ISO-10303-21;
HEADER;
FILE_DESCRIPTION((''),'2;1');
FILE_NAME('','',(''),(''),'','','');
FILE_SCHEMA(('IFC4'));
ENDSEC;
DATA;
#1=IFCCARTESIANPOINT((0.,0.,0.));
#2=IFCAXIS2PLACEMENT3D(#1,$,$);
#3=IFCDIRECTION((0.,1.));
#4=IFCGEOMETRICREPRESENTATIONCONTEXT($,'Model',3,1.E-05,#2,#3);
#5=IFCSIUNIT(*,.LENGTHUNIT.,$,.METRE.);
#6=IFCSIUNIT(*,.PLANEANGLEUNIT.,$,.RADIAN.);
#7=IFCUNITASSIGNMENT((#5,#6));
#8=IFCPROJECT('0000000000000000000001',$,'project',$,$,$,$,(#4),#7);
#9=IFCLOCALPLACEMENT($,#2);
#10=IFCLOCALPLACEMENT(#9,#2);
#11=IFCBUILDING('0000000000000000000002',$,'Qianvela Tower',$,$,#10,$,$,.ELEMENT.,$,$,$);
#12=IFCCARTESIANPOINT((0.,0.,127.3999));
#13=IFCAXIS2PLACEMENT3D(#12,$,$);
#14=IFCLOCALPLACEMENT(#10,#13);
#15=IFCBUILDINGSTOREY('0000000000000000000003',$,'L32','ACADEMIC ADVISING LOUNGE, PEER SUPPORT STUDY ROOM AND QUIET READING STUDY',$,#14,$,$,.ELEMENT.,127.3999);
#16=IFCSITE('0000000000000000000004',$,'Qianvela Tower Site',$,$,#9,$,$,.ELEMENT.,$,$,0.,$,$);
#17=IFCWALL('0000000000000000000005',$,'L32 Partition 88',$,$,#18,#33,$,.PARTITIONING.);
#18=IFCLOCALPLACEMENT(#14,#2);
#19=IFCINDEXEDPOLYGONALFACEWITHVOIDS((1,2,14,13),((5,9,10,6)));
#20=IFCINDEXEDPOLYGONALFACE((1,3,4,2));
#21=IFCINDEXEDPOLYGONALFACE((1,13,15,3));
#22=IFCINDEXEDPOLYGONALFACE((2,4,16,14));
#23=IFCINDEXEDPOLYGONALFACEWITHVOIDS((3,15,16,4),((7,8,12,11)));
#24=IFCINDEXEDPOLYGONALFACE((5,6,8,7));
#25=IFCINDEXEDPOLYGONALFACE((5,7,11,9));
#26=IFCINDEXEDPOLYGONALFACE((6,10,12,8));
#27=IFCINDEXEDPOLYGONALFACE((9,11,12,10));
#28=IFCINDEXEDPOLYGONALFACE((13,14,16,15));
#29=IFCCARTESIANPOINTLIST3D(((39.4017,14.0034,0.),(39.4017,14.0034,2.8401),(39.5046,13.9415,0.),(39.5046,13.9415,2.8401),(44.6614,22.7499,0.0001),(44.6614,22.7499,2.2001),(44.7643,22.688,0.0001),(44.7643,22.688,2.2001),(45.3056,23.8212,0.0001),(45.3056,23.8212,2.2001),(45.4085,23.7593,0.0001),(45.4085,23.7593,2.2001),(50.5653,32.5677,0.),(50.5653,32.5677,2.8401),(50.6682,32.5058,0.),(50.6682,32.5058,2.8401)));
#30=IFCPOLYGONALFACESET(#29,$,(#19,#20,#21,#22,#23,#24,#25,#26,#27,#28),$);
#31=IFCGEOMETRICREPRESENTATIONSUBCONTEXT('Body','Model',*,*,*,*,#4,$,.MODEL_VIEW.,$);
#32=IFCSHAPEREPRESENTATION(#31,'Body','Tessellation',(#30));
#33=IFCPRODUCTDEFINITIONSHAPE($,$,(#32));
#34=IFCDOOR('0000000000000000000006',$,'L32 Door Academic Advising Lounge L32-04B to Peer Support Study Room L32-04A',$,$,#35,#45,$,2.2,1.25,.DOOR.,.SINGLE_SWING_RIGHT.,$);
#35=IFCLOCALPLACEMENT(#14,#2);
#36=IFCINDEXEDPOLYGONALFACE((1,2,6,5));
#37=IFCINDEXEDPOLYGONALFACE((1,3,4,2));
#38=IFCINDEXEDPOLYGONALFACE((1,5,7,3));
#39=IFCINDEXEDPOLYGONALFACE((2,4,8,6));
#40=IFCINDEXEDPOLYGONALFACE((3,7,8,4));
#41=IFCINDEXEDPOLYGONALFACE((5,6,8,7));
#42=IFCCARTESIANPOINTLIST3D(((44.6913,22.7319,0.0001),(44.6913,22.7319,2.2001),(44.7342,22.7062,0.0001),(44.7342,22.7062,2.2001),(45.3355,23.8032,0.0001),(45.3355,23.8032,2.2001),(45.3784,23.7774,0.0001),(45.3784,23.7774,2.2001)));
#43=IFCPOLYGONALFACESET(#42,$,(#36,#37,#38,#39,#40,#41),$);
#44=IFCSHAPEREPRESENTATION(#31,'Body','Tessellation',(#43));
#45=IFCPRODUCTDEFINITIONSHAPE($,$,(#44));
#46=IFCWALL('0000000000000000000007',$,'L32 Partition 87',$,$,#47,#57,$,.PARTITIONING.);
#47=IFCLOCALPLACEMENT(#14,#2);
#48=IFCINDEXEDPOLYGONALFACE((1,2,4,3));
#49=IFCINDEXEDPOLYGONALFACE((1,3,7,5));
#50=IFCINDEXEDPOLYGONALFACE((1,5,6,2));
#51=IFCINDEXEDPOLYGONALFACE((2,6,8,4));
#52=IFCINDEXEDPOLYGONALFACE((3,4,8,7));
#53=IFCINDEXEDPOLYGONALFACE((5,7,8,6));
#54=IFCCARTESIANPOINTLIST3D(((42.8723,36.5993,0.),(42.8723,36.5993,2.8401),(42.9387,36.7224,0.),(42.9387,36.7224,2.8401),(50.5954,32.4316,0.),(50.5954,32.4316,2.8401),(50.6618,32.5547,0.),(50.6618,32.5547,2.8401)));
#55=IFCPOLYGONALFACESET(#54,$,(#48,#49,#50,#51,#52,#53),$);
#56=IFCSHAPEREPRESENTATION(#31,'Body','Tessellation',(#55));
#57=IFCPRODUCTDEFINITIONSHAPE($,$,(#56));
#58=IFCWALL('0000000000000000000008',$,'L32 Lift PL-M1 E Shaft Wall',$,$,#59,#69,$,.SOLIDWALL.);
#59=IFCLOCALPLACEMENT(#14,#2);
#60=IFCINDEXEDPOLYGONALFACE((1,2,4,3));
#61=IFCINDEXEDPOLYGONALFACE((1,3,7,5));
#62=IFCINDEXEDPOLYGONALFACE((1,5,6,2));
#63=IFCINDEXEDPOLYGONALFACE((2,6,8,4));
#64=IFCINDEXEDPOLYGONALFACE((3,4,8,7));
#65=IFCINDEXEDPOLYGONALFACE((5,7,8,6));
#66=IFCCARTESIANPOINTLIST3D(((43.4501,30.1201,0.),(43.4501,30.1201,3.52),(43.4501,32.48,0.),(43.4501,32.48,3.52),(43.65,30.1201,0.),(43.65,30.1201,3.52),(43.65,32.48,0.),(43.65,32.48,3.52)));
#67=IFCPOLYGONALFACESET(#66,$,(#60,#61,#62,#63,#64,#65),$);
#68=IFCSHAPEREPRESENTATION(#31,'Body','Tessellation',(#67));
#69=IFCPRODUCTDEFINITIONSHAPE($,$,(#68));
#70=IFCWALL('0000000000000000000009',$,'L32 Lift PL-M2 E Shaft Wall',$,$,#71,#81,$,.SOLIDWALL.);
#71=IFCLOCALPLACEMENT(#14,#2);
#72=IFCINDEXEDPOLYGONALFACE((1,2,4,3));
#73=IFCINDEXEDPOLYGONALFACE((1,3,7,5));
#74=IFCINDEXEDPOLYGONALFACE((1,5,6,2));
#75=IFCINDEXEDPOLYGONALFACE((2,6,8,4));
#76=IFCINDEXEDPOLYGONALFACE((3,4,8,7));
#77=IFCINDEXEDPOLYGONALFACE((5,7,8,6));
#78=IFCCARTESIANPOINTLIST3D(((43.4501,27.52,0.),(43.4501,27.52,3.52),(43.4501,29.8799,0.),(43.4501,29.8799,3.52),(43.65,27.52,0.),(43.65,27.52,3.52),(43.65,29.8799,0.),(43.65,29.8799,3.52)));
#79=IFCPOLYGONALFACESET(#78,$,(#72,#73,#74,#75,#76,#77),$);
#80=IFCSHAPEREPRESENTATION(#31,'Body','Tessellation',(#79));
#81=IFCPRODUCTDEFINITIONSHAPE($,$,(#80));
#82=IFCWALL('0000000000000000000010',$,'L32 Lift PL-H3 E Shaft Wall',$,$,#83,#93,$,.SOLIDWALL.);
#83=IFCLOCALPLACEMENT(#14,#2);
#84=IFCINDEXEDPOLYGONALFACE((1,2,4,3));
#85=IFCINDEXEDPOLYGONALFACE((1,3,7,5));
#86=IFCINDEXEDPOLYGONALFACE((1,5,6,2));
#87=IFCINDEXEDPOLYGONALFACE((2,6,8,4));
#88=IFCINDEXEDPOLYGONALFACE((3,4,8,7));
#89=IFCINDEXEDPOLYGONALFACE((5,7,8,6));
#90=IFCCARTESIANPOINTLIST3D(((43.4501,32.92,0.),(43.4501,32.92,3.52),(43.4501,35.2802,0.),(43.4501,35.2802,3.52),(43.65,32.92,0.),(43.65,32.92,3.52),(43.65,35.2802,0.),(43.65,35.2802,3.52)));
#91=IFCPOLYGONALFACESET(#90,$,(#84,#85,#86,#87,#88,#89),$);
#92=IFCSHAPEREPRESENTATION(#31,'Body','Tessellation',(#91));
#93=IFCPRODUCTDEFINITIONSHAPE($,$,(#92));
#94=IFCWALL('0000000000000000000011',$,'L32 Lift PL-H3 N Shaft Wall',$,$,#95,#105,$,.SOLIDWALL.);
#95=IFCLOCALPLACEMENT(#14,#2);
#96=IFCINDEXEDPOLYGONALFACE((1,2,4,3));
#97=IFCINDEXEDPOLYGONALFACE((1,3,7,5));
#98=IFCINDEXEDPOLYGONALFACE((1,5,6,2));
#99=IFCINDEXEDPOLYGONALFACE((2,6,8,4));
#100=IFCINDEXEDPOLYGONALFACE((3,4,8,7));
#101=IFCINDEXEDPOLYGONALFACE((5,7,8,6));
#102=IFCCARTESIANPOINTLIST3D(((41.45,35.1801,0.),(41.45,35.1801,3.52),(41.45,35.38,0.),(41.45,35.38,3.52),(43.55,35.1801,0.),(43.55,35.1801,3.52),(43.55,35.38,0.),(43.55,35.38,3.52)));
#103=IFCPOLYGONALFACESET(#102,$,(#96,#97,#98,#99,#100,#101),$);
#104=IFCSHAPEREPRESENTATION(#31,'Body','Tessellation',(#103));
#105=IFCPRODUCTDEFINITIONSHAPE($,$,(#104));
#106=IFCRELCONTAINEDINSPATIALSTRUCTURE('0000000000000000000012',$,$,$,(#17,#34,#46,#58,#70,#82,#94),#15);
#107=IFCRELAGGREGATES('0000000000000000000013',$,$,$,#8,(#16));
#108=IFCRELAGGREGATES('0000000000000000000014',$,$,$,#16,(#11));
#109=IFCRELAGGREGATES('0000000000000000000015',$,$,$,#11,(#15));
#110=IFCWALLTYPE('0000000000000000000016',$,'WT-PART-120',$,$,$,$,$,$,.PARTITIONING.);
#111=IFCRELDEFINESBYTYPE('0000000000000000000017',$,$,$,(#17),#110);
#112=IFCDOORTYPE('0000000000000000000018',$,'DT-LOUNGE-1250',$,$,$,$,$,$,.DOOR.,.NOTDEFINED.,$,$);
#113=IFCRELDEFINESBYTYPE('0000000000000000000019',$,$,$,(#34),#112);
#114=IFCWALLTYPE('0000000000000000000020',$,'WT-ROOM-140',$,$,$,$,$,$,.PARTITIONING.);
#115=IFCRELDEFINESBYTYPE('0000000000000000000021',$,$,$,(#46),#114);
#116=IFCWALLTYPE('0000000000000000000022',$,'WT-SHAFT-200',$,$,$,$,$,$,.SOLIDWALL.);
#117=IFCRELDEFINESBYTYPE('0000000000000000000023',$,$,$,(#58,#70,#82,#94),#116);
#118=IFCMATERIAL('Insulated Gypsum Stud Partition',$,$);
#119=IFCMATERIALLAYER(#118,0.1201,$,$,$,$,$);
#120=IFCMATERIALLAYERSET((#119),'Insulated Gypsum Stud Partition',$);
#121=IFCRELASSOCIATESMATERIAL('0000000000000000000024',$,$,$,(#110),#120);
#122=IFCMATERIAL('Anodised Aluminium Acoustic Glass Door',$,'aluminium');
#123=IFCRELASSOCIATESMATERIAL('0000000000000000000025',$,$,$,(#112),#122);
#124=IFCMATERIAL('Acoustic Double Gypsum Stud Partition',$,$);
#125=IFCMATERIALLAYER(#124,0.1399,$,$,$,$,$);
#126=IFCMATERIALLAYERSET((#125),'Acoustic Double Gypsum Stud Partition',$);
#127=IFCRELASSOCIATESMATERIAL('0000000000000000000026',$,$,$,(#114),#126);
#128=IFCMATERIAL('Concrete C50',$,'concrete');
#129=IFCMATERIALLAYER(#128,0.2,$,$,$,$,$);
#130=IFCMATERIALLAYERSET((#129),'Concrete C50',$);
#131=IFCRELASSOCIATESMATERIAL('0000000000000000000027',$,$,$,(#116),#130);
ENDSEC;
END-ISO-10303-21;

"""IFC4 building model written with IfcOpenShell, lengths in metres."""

from ifc_helpers import new_model, si_unit, direction, frame, frame_2d, origin, place, context, subcontext, project, spatial, rectangle, extrude, material, layer, layer_set, type_object, element, fill, save


model = new_model("IFC4")

# Units and contexts
model_context = context("Model", 3, precision=1e-05, world=origin(), true_north=direction((0.0, 1.0)))
body_context = subcontext(model_context, "Body", "Model", "MODEL_VIEW")
ifc_project = project(units=[si_unit("LENGTHUNIT", "METRE"), si_unit("PLANEANGLEUNIT", "RADIAN")], contexts=[model_context])

# Site, building, storey
site_placement = place(None, origin())
site = spatial("IfcSite", under=ifc_project, at=site_placement, Name="Qianvela Tower Site", CompositionType="ELEMENT", RefElevation=0.0)
building_placement = place(site_placement, origin())
building = spatial("IfcBuilding", under=site, at=building_placement, Name="Qianvela Tower", CompositionType="ELEMENT")
storey_placement = place(building_placement, frame((0.0, 0.0, 127.3999)))
storey = spatial("IfcBuildingStorey", under=building, at=storey_placement, Name="L32", Description="ACADEMIC ADVISING LOUNGE, PEER SUPPORT STUDY ROOM AND QUIET READING STUDY", CompositionType="ELEMENT", Elevation=127.3999)

# Wall, opening, door
ifc_material_1 = material(Name="Insulated Gypsum Stud Partition")
ifc_layer_1 = layer(ifc_material_1, 0.1201)
ifc_layer_set_1 = layer_set([ifc_layer_1], Name="Insulated Gypsum Stud Partition")
wall_type_1 = type_object("IfcWallType", Name="WT-PART-120", PredefinedType="PARTITIONING", material=ifc_layer_set_1)
wall_1_placement = place(storey_placement, frame((50.6167, 32.5366, 0.0), z_axis=(0.0, 0.0, 1.0), x_axis=(-0.515346, -0.856982, 0.0)))
wall_1 = element("IfcWall", 1, at=wall_1_placement, inside=storey, type_object=wall_type_1, Name="L32 Partition 88", PredefinedType="PARTITIONING", context=body_context, shape_type="SweptSolid", body=[
    extrude(rectangle(XDim=21.6624, YDim=0.1201, at=frame_2d((10.8311, 0.0))), origin(), (0.0, 0.0, 1.0), 2.8401),
])
opening_placement = place(wall_1_placement, frame((10.2061, 0.0, 0.0)))
opening = element("IfcOpeningElement", 2, at=opening_placement, cuts=wall_1, PredefinedType="OPENING", context=body_context, shape_type="SweptSolid", body=[
    extrude(rectangle(XDim=1.25, YDim=2.2, at=frame_2d((0.625, 1.1001))), frame((0.0, 0.0701, 0.0), z_axis=(0.0, -1.0, 0.0), x_axis=(1.0, 0.0, 0.0)), (0.0, 0.0, 1.0), 0.1401),
])
ifc_material_2 = material(Name="Anodised Aluminium Acoustic Glass Door", Category="aluminium")
door_type = type_object("IfcDoorType", Name="DT-LOUNGE-1250", OperationType="NOTDEFINED", PredefinedType="DOOR", material=ifc_material_2)
door_placement = place(opening_placement, origin())
door = element("IfcDoor", 3, at=door_placement, inside=storey, type_object=door_type, Name="L32 Door Academic Advising Lounge L32-04B to Peer Support Study Room L32-04A", OperationType="SINGLE_SWING_RIGHT", OverallHeight=2.2, OverallWidth=1.25, PredefinedType="DOOR", context=body_context, shape_type="SweptSolid", body=[
    extrude(rectangle(XDim=1.25, YDim=2.2, at=frame_2d((0.625, 1.1001))), frame((0.0, 0.0249, 0.0), z_axis=(0.0, -1.0, 0.0), x_axis=(1.0, 0.0, 0.0)), (0.0, 0.0, 1.0), 0.05),
])
fill(opening, door)

# Walls
ifc_material_3 = material(Name="Acoustic Double Gypsum Stud Partition")
ifc_layer_2 = layer(ifc_material_3, 0.1399)
ifc_layer_set_2 = layer_set([ifc_layer_2], Name="Acoustic Double Gypsum Stud Partition")
wall_type_2 = type_object("IfcWallType", Name="WT-ROOM-140", PredefinedType="PARTITIONING", material=ifc_layer_set_2)
wall_2_placement = place(storey_placement, frame((42.9055, 36.6609, 0.0), z_axis=(0.0, 0.0, 1.0), x_axis=(0.880037, -0.474904, 0.0)))
element("IfcWall", 4, at=wall_2_placement, inside=storey, type_object=wall_type_2, Name="L32 Partition 87", PredefinedType="PARTITIONING", context=body_context, shape_type="SweptSolid", body=[
    extrude(rectangle(XDim=8.7759, YDim=0.1399, at=frame_2d((4.3879, 0.0))), origin(), (0.0, 0.0, 1.0), 2.8401),
])
ifc_material_4 = material(Name="Concrete C50", Category="concrete")
ifc_layer_3 = layer(ifc_material_4, 0.2)
ifc_layer_set_3 = layer_set([ifc_layer_3], Name="Concrete C50")
wall_type_3 = type_object("IfcWallType", Name="WT-SHAFT-200", PredefinedType="SOLIDWALL", material=ifc_layer_set_3)
for number, where, z_axis, x_axis, name in (
    (5, (43.55, 30.1201, 0.0), (0.0, 0.0, 1.0), (0.0, 1.0, 0.0), "L32 Lift PL-M1 E Shaft Wall"),
    (6, (43.55, 27.52, 0.0), (0.0, 0.0, 1.0), (0.0, 1.0, 0.0), "L32 Lift PL-M2 E Shaft Wall"),
):
    element("IfcWall", number, at=place(storey_placement, frame(where, z_axis=z_axis, x_axis=x_axis)), inside=storey, type_object=wall_type_3, Name=name, PredefinedType="SOLIDWALL", context=body_context, shape_type="SweptSolid", body=[
        extrude(rectangle(XDim=2.3599, YDim=0.2, at=frame_2d((1.1799, 0.0))), origin(), (0.0, 0.0, 1.0), 3.52),
    ])
wall_3_placement = place(storey_placement, frame((43.55, 32.9199, 0.0), z_axis=(0.0, 0.0, 1.0), x_axis=(0.0, 1.0, 0.0)))
element("IfcWall", 7, at=wall_3_placement, inside=storey, type_object=wall_type_3, Name="L32 Lift PL-H3 E Shaft Wall", PredefinedType="SOLIDWALL", context=body_context, shape_type="SweptSolid", body=[
    extrude(rectangle(XDim=2.3601, YDim=0.2, at=frame_2d((1.1802, 0.0))), origin(), (0.0, 0.0, 1.0), 3.52),
])
wall_4_placement = place(storey_placement, frame((41.45, 35.28, 0.0), z_axis=(0.0, 0.0, 1.0), x_axis=(1.0, 0.0, 0.0)))
element("IfcWall", 8, at=wall_4_placement, inside=storey, type_object=wall_type_3, Name="L32 Lift PL-H3 N Shaft Wall", PredefinedType="SOLIDWALL", context=body_context, shape_type="SweptSolid", body=[
    extrude(rectangle(XDim=2.1001, YDim=0.2, at=frame_2d((1.05, 0.0))), origin(), (0.0, 0.0, 1.0), 3.52),
])

save(model, "model.ifc")
